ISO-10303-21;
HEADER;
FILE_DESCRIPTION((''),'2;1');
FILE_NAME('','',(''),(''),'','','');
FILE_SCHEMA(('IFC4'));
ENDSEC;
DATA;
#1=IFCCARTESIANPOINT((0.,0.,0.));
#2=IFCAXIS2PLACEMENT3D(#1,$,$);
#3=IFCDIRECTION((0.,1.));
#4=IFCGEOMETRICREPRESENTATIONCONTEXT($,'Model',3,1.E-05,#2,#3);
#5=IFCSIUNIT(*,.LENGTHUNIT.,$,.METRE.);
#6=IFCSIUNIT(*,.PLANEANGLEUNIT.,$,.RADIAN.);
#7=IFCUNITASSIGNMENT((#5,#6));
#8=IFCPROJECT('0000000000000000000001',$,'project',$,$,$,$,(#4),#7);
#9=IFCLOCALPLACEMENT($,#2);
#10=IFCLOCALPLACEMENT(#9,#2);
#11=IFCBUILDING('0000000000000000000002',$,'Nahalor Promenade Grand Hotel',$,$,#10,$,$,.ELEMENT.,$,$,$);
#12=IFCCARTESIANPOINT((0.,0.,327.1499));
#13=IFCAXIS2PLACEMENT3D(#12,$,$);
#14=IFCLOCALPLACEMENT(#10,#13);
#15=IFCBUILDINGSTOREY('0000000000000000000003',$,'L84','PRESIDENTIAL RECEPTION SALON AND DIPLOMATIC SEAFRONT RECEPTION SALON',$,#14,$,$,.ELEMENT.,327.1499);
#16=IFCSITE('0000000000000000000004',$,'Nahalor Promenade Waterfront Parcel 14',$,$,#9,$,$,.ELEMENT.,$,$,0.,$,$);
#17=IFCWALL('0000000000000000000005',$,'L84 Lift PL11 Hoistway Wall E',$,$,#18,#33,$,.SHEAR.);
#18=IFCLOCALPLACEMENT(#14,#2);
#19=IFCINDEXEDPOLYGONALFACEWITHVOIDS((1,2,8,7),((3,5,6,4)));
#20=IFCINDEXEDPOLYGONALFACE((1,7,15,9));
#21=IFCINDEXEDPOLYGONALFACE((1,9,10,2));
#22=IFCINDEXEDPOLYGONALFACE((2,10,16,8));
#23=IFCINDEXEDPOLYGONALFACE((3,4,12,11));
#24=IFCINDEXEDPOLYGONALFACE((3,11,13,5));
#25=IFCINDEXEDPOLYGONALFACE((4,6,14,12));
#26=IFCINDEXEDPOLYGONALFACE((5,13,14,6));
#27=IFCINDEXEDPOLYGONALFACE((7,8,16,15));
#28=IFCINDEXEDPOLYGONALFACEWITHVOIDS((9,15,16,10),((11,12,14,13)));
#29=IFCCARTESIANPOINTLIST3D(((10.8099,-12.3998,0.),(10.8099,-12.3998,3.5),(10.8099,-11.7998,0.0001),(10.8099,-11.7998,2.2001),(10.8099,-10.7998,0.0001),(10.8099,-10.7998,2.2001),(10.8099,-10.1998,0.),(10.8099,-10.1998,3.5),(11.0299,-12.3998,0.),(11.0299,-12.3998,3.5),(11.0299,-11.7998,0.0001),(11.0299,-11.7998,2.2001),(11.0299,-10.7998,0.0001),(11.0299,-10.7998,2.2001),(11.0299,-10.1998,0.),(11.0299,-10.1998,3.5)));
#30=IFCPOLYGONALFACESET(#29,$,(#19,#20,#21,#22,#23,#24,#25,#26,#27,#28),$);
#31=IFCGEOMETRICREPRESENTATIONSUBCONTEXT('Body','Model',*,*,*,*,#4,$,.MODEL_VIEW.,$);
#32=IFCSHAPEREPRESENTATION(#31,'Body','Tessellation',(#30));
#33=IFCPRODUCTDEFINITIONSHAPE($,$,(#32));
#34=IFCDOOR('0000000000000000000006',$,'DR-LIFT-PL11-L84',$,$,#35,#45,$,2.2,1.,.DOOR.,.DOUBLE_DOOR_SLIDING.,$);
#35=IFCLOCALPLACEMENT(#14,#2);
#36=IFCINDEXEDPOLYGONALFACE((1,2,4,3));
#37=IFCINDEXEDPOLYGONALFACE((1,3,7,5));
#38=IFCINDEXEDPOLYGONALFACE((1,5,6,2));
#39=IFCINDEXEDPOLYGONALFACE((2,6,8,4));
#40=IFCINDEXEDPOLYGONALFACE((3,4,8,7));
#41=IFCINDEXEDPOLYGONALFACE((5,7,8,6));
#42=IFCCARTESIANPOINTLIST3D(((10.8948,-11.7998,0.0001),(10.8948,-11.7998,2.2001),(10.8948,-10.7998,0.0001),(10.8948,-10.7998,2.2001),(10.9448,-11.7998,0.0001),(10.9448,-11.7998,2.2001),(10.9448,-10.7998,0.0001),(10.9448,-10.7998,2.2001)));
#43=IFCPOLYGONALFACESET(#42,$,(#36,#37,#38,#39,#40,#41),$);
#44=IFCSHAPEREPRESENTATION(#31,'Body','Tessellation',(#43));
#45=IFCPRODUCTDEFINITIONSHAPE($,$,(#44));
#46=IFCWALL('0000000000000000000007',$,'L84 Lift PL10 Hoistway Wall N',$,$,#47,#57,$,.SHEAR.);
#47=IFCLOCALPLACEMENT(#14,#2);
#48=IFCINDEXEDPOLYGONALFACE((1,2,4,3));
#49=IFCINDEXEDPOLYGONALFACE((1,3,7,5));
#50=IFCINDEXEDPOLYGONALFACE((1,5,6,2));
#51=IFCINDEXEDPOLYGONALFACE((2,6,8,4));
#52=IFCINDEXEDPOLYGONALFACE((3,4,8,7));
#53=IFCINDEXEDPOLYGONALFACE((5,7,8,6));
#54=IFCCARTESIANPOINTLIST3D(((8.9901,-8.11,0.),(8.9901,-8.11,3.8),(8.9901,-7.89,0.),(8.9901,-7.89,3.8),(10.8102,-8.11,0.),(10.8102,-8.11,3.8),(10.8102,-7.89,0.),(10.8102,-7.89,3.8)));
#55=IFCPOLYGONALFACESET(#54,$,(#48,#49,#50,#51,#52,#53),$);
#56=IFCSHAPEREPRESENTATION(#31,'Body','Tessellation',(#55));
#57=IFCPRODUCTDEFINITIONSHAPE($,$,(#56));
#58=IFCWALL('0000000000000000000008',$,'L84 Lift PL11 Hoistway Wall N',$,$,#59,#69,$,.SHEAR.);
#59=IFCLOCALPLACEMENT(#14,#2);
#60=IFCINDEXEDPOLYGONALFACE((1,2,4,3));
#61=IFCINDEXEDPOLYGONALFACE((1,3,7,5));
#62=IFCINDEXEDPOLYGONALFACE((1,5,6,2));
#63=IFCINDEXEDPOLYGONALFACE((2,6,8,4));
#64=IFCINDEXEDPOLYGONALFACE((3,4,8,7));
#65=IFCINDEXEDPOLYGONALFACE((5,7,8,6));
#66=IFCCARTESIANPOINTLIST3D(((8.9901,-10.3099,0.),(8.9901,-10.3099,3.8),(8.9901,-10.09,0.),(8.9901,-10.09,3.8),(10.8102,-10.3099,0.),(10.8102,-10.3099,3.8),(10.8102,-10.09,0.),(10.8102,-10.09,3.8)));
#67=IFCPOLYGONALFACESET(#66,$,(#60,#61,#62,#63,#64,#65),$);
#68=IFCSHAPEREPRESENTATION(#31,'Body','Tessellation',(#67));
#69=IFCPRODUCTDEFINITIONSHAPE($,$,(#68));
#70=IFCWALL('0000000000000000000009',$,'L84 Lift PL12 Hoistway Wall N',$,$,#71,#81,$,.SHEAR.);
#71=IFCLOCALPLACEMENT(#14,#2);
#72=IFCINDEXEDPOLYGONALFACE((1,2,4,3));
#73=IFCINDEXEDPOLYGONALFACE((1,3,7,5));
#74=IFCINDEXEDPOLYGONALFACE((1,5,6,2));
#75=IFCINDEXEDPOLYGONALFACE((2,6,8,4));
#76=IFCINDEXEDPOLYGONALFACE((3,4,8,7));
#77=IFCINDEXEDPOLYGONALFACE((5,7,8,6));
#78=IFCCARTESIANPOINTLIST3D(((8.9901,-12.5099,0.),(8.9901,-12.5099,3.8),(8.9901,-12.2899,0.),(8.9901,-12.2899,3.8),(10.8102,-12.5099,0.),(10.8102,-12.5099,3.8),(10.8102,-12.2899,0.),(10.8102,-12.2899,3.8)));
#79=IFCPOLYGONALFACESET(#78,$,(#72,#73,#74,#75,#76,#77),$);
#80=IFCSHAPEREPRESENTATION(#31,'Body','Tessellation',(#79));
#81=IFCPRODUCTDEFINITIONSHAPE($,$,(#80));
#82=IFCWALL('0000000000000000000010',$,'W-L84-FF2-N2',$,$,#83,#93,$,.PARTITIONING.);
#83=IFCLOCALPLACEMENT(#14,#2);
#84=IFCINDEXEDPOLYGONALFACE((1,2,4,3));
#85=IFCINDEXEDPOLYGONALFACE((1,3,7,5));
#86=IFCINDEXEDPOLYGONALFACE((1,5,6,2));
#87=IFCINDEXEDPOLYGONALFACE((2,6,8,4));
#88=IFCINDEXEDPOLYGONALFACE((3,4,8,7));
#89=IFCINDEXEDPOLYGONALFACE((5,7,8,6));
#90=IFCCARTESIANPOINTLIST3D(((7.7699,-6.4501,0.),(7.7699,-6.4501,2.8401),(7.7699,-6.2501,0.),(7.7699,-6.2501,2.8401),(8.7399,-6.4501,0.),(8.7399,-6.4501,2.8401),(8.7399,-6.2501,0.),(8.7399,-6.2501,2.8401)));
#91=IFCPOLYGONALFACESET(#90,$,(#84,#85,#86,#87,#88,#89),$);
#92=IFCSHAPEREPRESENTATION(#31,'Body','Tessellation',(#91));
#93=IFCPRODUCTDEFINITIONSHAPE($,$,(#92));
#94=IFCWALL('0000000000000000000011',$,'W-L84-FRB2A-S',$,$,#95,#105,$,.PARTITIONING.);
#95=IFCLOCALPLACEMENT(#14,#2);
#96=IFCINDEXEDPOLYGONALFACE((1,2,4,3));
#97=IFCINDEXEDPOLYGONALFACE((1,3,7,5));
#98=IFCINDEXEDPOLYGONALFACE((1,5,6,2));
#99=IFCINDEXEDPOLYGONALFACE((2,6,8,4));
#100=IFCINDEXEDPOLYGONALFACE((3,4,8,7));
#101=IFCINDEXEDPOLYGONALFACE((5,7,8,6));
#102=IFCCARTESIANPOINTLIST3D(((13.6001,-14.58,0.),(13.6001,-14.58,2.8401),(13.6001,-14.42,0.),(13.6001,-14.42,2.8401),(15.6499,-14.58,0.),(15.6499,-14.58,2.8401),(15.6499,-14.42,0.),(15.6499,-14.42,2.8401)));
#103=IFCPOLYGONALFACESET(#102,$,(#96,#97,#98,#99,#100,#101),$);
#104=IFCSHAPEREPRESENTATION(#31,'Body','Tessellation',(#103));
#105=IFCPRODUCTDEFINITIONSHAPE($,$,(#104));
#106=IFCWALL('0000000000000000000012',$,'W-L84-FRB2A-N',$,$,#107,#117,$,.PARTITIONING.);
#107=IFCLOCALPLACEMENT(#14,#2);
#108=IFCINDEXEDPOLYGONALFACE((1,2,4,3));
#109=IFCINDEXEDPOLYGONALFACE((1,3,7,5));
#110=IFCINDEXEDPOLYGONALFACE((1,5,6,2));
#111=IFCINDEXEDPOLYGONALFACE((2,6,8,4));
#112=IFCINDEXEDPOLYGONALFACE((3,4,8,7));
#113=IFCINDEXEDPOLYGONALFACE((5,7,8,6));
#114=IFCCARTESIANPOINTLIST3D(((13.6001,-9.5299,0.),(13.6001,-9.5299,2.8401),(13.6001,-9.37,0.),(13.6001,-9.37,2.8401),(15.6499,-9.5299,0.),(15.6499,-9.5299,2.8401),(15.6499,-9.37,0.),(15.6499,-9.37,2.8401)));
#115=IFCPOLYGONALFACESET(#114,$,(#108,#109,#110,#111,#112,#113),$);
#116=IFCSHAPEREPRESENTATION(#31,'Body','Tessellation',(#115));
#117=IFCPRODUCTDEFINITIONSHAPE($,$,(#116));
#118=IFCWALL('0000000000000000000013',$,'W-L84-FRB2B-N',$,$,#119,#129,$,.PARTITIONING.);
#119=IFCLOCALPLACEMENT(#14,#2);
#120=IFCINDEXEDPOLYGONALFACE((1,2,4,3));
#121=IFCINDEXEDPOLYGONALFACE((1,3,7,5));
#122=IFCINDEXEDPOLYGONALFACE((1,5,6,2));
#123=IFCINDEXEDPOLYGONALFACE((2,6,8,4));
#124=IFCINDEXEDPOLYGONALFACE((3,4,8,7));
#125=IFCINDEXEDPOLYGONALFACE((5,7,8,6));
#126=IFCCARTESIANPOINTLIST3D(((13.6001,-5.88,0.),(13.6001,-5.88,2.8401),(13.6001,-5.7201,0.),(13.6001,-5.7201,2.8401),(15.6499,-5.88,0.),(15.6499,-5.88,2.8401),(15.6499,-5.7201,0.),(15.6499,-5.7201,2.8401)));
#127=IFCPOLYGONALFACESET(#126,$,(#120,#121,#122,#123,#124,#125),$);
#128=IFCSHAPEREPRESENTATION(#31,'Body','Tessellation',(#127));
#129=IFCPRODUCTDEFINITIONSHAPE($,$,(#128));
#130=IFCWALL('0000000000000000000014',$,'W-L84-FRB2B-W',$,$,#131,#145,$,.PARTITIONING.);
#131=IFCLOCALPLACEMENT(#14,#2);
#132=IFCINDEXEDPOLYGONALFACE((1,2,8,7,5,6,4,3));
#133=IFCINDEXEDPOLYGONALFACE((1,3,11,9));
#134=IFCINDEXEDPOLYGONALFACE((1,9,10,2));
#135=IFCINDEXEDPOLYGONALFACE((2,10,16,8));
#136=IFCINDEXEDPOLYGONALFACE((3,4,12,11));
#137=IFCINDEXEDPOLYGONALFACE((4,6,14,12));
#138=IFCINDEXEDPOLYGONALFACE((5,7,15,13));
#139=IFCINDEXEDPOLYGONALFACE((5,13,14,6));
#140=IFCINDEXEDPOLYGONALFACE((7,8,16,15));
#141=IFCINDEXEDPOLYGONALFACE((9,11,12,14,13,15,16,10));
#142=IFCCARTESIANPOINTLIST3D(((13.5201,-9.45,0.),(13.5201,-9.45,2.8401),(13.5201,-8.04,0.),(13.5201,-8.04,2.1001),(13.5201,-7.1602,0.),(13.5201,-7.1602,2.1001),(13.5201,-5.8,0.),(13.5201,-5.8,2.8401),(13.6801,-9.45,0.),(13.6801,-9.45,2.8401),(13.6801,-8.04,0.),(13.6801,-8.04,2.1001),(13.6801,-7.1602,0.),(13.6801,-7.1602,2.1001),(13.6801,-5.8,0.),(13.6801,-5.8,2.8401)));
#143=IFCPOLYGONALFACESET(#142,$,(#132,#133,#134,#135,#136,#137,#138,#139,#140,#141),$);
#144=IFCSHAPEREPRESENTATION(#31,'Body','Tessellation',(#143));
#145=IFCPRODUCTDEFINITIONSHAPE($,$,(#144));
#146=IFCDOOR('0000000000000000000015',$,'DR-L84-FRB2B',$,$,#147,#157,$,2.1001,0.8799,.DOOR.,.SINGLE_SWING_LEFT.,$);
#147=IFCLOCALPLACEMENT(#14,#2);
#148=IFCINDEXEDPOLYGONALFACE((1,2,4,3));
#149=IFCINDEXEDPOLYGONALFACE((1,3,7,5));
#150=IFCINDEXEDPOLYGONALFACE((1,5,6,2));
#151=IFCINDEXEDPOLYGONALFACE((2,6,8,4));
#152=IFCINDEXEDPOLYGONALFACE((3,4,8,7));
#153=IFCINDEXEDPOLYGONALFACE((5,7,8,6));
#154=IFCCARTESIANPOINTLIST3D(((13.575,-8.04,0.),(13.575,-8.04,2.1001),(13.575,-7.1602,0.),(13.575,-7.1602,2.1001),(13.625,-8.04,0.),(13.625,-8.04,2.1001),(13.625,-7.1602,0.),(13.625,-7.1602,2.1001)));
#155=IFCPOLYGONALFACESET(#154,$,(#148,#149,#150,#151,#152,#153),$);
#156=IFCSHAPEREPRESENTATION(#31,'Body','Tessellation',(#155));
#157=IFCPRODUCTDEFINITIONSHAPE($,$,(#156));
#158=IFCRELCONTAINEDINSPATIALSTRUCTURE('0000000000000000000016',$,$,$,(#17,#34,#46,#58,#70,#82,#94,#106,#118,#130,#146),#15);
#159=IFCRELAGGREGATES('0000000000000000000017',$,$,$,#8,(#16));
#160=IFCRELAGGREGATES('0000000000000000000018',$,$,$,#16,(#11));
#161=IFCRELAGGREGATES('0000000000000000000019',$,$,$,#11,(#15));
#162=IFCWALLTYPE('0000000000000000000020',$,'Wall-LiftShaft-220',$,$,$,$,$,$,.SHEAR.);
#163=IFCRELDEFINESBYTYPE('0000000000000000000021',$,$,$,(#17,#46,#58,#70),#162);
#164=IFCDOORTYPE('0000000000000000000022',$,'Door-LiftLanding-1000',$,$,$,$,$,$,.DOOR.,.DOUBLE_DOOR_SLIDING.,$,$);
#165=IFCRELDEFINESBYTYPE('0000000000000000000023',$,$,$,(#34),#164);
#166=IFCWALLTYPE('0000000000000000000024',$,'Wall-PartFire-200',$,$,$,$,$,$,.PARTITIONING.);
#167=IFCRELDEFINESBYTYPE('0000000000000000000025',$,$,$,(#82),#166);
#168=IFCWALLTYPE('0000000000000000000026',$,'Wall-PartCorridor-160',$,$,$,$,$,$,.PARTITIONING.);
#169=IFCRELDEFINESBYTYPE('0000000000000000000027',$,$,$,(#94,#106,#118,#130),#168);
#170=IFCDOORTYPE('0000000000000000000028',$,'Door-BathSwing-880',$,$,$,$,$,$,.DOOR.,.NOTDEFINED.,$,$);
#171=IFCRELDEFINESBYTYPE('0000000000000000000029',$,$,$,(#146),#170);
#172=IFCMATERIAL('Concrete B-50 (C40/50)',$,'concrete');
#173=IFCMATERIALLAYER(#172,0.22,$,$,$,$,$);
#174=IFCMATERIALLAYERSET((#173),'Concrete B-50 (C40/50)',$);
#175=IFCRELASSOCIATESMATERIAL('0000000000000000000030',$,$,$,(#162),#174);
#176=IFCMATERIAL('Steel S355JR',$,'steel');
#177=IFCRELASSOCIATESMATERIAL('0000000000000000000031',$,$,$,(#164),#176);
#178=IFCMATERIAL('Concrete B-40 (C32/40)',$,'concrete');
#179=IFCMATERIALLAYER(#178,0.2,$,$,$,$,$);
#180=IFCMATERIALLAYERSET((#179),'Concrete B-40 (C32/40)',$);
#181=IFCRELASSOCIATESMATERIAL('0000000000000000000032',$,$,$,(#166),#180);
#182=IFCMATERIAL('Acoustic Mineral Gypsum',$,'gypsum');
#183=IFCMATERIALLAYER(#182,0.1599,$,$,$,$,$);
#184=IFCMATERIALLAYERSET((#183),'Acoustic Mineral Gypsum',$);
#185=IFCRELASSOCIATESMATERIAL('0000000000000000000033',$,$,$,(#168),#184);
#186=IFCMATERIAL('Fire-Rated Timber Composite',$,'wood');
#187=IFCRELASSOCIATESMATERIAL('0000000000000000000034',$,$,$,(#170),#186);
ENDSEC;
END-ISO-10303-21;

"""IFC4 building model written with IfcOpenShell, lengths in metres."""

from ifc_helpers import new_model, si_unit, direction, frame, frame_2d, origin, place, context, subcontext, project, spatial, rectangle, extrude, source, transform, mapped, material, layer, layer_set, type_object, element, fill, save


model = new_model("IFC4")

# Units and contexts
model_context = context("Model", 3, precision=1e-05, world=origin(), true_north=direction((0.0, 1.0)))
body_context = subcontext(model_context, "Body", "Model", "MODEL_VIEW")
ifc_project = project(units=[si_unit("LENGTHUNIT", "METRE"), si_unit("PLANEANGLEUNIT", "RADIAN")], contexts=[model_context])

# Site, building, storey
site_placement = place(None, origin())
site = spatial("IfcSite", under=ifc_project, at=site_placement, Name="Nahalor Promenade Waterfront Parcel 14", CompositionType="ELEMENT", RefElevation=0.0)
building_placement = place(site_placement, origin())
building = spatial("IfcBuilding", under=site, at=building_placement, Name="Nahalor Promenade Grand Hotel", CompositionType="ELEMENT")
storey_placement = place(building_placement, frame((0.0, 0.0, 327.1499)))
storey = spatial("IfcBuildingStorey", under=building, at=storey_placement, Name="L84", Description="PRESIDENTIAL RECEPTION SALON AND DIPLOMATIC SEAFRONT RECEPTION SALON", CompositionType="ELEMENT", Elevation=327.1499)

# Shared definitions
ifc_material_1 = material(Name="Steel S355JR", Category="steel")

# Shared definitions
ifc_material_2 = material(Name="Concrete B-50 (C40/50)", Category="concrete")
ifc_layer_1 = layer(ifc_material_2, 0.22)
ifc_layer_set_1 = layer_set([ifc_layer_1], Name="Concrete B-50 (C40/50)")
wall_type_1 = type_object("IfcWallType", Name="Wall-LiftShaft-220", PredefinedType="SHEAR", material=ifc_layer_set_1)

# Shared definitions
door_type_1 = type_object("IfcDoorType", Name="Door-LiftLanding-1000", OperationType="DOUBLE_DOOR_SLIDING", PredefinedType="DOOR", material=ifc_material_1)
shared_shape_1 = source(origin(), body_context, "Body", "SweptSolid", [
    extrude(rectangle(XDim=1.0, YDim=2.2, at=frame_2d((0.5, 1.1001))), frame((0.0, 0.0249, 0.0), z_axis=(0.0, -1.0, 0.0), x_axis=(1.0, 0.0, 0.0)), (0.0, 0.0, 1.0), 0.05),
])

# Shared definitions
shared_shape_2 = source(origin(), body_context, "Body", "SweptSolid", [
    extrude(rectangle(XDim=2.2, YDim=0.22, at=frame_2d((1.1001, 0.0))), origin(), (0.0, 0.0, 1.0), 3.5),
])

# Wall, opening, door
wall_1_placement = place(storey_placement, frame((10.9199, -12.3999, 0.0), z_axis=(0.0, 0.0, 1.0), x_axis=(0.0, 1.0, 0.0)))
wall_1 = element("IfcWall", 1, at=wall_1_placement, inside=storey, type_object=wall_type_1, Name="L84 Lift PL11 Hoistway Wall E", PredefinedType="SHEAR", context=body_context, shape_type="MappedRepresentation", body=[
    mapped(shared_shape_2, transform((0.0, 0.0, 0.0), scale=1.0)),
])
opening_1_placement = place(wall_1_placement, frame((0.6001, 0.0, 0.0)))
opening_1 = element("IfcOpeningElement", 2, at=opening_1_placement, cuts=wall_1, PredefinedType="OPENING", context=body_context, shape_type="SweptSolid", body=[
    extrude(rectangle(XDim=1.0, YDim=2.2, at=frame_2d((0.5, 1.1001))), frame((0.0, 0.1199, 0.0), z_axis=(0.0, -1.0, 0.0), x_axis=(1.0, 0.0, 0.0)), (0.0, 0.0, 1.0), 0.24),
])
door_1_placement = place(opening_1_placement, frame((1.0, 0.0, 0.0), z_axis=(0.0, 0.0, 1.0), x_axis=(-1.0, 0.0, 0.0)))
door_1 = element("IfcDoor", 3, at=door_1_placement, inside=storey, type_object=door_type_1, Name="DR-LIFT-PL11-L84", OperationType="DOUBLE_DOOR_SLIDING", OverallHeight=2.2, OverallWidth=1.0, PredefinedType="DOOR", context=body_context, shape_type="MappedRepresentation", body=[
    mapped(shared_shape_1, transform((0.0, 0.0, 0.0), scale=1.0)),
])
fill(opening_1, door_1)

# Walls
shared_shape_3 = source(origin(), body_context, "Body", "SweptSolid", [
    extrude(rectangle(XDim=1.8201, YDim=0.22, at=frame_2d((0.9102, 0.0))), origin(), (0.0, 0.0, 1.0), 3.8),
])
for number, where, z_axis, x_axis, name in (
    (4, (8.99, -8.0, 0.0), (0.0, 0.0, 1.0), (1.0, 0.0, 0.0), "L84 Lift PL10 Hoistway Wall N"),
    (5, (8.99, -10.2, 0.0), (0.0, 0.0, 1.0), (1.0, 0.0, 0.0), "L84 Lift PL11 Hoistway Wall N"),
    (6, (8.99, -12.3999, 0.0), (0.0, 0.0, 1.0), (1.0, 0.0, 0.0), "L84 Lift PL12 Hoistway Wall N"),
):
    element("IfcWall", number, at=place(storey_placement, frame(where, z_axis=z_axis, x_axis=x_axis)), inside=storey, type_object=wall_type_1, Name=name, PredefinedType="SHEAR", context=body_context, shape_type="MappedRepresentation", body=[
        mapped(shared_shape_3, transform((0.0, 0.0, 0.0), scale=1.0)),
    ])
ifc_material_3 = material(Name="Concrete B-40 (C32/40)", Category="concrete")
ifc_layer_2 = layer(ifc_material_3, 0.2)
ifc_layer_set_2 = layer_set([ifc_layer_2], Name="Concrete B-40 (C32/40)")
wall_type_2 = type_object("IfcWallType", Name="Wall-PartFire-200", PredefinedType="PARTITIONING", material=ifc_layer_set_2)
shared_shape_4 = source(origin(), body_context, "Body", "SweptSolid", [
    extrude(rectangle(XDim=0.97, YDim=0.2, at=frame_2d((0.4849, 0.0))), origin(), (0.0, 0.0, 1.0), 2.8401),
])
wall_2_placement = place(storey_placement, frame((7.77, -6.3501, 0.0), z_axis=(0.0, 0.0, 1.0), x_axis=(1.0, 0.0, 0.0)))
element("IfcWall", 7, at=wall_2_placement, inside=storey, type_object=wall_type_2, Name="W-L84-FF2-N2", PredefinedType="PARTITIONING", context=body_context, shape_type="MappedRepresentation", body=[
    mapped(shared_shape_4, transform((0.0, 0.0, 0.0), scale=1.0)),
])
ifc_material_4 = material(Name="Acoustic Mineral Gypsum", Category="gypsum")
ifc_layer_3 = layer(ifc_material_4, 0.1599)
ifc_layer_set_3 = layer_set([ifc_layer_3], Name="Acoustic Mineral Gypsum")
wall_type_3 = type_object("IfcWallType", Name="Wall-PartCorridor-160", PredefinedType="PARTITIONING", material=ifc_layer_set_3)
shared_shape_5 = source(origin(), body_context, "Body", "SweptSolid", [
    extrude(rectangle(XDim=2.0498, YDim=0.1599, at=frame_2d((1.0249, 0.0))), origin(), (0.0, 0.0, 1.0), 2.8401),
])
for number, where, z_axis, x_axis, name in (
    (8, (13.6001, -14.5, 0.0), (0.0, 0.0, 1.0), (1.0, 0.0, 0.0), "W-L84-FRB2A-S"),
    (9, (13.6001, -9.45, 0.0), (0.0, 0.0, 1.0), (1.0, 0.0, 0.0), "W-L84-FRB2A-N"),
    (10, (13.6001, -5.8, 0.0), (0.0, 0.0, 1.0), (1.0, 0.0, 0.0), "W-L84-FRB2B-N"),
):
    element("IfcWall", number, at=place(storey_placement, frame(where, z_axis=z_axis, x_axis=x_axis)), inside=storey, type_object=wall_type_3, Name=name, PredefinedType="PARTITIONING", context=body_context, shape_type="MappedRepresentation", body=[
        mapped(shared_shape_5, transform((0.0, 0.0, 0.0), scale=1.0)),
    ])

# Wall, opening, door
shared_shape_6 = source(origin(), body_context, "Body", "SweptSolid", [
    extrude(rectangle(XDim=3.6499, YDim=0.1599, at=frame_2d((1.825, 0.0))), origin(), (0.0, 0.0, 1.0), 2.8401),
])
wall_3_placement = place(storey_placement, frame((13.6001, -9.45, 0.0), z_axis=(0.0, 0.0, 1.0), x_axis=(0.0, 1.0, 0.0)))
wall_3 = element("IfcWall", 11, at=wall_3_placement, inside=storey, type_object=wall_type_3, Name="W-L84-FRB2B-W", PredefinedType="PARTITIONING", context=body_context, shape_type="MappedRepresentation", body=[
    mapped(shared_shape_6, transform((0.0, 0.0, 0.0), scale=1.0)),
])
opening_2_placement = place(wall_3_placement, frame((1.4099, 0.0, 0.0)))
opening_2 = element("IfcOpeningElement", 12, at=opening_2_placement, cuts=wall_3, PredefinedType="OPENING", context=body_context, shape_type="SweptSolid", body=[
    extrude(rectangle(XDim=0.8799, YDim=2.1001, at=frame_2d((0.4399, 1.05))), frame((0.0, 0.0898, 0.0), z_axis=(0.0, -1.0, 0.0), x_axis=(1.0, 0.0, 0.0)), (0.0, 0.0, 1.0), 0.1799),
])
ifc_material_5 = material(Name="Fire-Rated Timber Composite", Category="wood")
door_type_2 = type_object("IfcDoorType", Name="Door-BathSwing-880", OperationType="NOTDEFINED", PredefinedType="DOOR", material=ifc_material_5)
shared_shape_7 = source(origin(), body_context, "Body", "SweptSolid", [
    extrude(rectangle(XDim=0.8799, YDim=2.1001, at=frame_2d((0.4399, 1.05))), frame((0.0, 0.0249, 0.0), z_axis=(0.0, -1.0, 0.0), x_axis=(1.0, 0.0, 0.0)), (0.0, 0.0, 1.0), 0.05),
])
door_2_placement = place(opening_2_placement, frame((0.8799, 0.0, 0.0), z_axis=(0.0, 0.0, 1.0), x_axis=(-1.0, 0.0, 0.0)))
door_2 = element("IfcDoor", 13, at=door_2_placement, inside=storey, type_object=door_type_2, Name="DR-L84-FRB2B", OperationType="SINGLE_SWING_LEFT", OverallHeight=2.1001, OverallWidth=0.8799, PredefinedType="DOOR", context=body_context, shape_type="MappedRepresentation", body=[
    mapped(shared_shape_7, transform((0.0, 0.0, 0.0), scale=1.0)),
])
fill(opening_2, door_2)

save(model, "model.ifc")
